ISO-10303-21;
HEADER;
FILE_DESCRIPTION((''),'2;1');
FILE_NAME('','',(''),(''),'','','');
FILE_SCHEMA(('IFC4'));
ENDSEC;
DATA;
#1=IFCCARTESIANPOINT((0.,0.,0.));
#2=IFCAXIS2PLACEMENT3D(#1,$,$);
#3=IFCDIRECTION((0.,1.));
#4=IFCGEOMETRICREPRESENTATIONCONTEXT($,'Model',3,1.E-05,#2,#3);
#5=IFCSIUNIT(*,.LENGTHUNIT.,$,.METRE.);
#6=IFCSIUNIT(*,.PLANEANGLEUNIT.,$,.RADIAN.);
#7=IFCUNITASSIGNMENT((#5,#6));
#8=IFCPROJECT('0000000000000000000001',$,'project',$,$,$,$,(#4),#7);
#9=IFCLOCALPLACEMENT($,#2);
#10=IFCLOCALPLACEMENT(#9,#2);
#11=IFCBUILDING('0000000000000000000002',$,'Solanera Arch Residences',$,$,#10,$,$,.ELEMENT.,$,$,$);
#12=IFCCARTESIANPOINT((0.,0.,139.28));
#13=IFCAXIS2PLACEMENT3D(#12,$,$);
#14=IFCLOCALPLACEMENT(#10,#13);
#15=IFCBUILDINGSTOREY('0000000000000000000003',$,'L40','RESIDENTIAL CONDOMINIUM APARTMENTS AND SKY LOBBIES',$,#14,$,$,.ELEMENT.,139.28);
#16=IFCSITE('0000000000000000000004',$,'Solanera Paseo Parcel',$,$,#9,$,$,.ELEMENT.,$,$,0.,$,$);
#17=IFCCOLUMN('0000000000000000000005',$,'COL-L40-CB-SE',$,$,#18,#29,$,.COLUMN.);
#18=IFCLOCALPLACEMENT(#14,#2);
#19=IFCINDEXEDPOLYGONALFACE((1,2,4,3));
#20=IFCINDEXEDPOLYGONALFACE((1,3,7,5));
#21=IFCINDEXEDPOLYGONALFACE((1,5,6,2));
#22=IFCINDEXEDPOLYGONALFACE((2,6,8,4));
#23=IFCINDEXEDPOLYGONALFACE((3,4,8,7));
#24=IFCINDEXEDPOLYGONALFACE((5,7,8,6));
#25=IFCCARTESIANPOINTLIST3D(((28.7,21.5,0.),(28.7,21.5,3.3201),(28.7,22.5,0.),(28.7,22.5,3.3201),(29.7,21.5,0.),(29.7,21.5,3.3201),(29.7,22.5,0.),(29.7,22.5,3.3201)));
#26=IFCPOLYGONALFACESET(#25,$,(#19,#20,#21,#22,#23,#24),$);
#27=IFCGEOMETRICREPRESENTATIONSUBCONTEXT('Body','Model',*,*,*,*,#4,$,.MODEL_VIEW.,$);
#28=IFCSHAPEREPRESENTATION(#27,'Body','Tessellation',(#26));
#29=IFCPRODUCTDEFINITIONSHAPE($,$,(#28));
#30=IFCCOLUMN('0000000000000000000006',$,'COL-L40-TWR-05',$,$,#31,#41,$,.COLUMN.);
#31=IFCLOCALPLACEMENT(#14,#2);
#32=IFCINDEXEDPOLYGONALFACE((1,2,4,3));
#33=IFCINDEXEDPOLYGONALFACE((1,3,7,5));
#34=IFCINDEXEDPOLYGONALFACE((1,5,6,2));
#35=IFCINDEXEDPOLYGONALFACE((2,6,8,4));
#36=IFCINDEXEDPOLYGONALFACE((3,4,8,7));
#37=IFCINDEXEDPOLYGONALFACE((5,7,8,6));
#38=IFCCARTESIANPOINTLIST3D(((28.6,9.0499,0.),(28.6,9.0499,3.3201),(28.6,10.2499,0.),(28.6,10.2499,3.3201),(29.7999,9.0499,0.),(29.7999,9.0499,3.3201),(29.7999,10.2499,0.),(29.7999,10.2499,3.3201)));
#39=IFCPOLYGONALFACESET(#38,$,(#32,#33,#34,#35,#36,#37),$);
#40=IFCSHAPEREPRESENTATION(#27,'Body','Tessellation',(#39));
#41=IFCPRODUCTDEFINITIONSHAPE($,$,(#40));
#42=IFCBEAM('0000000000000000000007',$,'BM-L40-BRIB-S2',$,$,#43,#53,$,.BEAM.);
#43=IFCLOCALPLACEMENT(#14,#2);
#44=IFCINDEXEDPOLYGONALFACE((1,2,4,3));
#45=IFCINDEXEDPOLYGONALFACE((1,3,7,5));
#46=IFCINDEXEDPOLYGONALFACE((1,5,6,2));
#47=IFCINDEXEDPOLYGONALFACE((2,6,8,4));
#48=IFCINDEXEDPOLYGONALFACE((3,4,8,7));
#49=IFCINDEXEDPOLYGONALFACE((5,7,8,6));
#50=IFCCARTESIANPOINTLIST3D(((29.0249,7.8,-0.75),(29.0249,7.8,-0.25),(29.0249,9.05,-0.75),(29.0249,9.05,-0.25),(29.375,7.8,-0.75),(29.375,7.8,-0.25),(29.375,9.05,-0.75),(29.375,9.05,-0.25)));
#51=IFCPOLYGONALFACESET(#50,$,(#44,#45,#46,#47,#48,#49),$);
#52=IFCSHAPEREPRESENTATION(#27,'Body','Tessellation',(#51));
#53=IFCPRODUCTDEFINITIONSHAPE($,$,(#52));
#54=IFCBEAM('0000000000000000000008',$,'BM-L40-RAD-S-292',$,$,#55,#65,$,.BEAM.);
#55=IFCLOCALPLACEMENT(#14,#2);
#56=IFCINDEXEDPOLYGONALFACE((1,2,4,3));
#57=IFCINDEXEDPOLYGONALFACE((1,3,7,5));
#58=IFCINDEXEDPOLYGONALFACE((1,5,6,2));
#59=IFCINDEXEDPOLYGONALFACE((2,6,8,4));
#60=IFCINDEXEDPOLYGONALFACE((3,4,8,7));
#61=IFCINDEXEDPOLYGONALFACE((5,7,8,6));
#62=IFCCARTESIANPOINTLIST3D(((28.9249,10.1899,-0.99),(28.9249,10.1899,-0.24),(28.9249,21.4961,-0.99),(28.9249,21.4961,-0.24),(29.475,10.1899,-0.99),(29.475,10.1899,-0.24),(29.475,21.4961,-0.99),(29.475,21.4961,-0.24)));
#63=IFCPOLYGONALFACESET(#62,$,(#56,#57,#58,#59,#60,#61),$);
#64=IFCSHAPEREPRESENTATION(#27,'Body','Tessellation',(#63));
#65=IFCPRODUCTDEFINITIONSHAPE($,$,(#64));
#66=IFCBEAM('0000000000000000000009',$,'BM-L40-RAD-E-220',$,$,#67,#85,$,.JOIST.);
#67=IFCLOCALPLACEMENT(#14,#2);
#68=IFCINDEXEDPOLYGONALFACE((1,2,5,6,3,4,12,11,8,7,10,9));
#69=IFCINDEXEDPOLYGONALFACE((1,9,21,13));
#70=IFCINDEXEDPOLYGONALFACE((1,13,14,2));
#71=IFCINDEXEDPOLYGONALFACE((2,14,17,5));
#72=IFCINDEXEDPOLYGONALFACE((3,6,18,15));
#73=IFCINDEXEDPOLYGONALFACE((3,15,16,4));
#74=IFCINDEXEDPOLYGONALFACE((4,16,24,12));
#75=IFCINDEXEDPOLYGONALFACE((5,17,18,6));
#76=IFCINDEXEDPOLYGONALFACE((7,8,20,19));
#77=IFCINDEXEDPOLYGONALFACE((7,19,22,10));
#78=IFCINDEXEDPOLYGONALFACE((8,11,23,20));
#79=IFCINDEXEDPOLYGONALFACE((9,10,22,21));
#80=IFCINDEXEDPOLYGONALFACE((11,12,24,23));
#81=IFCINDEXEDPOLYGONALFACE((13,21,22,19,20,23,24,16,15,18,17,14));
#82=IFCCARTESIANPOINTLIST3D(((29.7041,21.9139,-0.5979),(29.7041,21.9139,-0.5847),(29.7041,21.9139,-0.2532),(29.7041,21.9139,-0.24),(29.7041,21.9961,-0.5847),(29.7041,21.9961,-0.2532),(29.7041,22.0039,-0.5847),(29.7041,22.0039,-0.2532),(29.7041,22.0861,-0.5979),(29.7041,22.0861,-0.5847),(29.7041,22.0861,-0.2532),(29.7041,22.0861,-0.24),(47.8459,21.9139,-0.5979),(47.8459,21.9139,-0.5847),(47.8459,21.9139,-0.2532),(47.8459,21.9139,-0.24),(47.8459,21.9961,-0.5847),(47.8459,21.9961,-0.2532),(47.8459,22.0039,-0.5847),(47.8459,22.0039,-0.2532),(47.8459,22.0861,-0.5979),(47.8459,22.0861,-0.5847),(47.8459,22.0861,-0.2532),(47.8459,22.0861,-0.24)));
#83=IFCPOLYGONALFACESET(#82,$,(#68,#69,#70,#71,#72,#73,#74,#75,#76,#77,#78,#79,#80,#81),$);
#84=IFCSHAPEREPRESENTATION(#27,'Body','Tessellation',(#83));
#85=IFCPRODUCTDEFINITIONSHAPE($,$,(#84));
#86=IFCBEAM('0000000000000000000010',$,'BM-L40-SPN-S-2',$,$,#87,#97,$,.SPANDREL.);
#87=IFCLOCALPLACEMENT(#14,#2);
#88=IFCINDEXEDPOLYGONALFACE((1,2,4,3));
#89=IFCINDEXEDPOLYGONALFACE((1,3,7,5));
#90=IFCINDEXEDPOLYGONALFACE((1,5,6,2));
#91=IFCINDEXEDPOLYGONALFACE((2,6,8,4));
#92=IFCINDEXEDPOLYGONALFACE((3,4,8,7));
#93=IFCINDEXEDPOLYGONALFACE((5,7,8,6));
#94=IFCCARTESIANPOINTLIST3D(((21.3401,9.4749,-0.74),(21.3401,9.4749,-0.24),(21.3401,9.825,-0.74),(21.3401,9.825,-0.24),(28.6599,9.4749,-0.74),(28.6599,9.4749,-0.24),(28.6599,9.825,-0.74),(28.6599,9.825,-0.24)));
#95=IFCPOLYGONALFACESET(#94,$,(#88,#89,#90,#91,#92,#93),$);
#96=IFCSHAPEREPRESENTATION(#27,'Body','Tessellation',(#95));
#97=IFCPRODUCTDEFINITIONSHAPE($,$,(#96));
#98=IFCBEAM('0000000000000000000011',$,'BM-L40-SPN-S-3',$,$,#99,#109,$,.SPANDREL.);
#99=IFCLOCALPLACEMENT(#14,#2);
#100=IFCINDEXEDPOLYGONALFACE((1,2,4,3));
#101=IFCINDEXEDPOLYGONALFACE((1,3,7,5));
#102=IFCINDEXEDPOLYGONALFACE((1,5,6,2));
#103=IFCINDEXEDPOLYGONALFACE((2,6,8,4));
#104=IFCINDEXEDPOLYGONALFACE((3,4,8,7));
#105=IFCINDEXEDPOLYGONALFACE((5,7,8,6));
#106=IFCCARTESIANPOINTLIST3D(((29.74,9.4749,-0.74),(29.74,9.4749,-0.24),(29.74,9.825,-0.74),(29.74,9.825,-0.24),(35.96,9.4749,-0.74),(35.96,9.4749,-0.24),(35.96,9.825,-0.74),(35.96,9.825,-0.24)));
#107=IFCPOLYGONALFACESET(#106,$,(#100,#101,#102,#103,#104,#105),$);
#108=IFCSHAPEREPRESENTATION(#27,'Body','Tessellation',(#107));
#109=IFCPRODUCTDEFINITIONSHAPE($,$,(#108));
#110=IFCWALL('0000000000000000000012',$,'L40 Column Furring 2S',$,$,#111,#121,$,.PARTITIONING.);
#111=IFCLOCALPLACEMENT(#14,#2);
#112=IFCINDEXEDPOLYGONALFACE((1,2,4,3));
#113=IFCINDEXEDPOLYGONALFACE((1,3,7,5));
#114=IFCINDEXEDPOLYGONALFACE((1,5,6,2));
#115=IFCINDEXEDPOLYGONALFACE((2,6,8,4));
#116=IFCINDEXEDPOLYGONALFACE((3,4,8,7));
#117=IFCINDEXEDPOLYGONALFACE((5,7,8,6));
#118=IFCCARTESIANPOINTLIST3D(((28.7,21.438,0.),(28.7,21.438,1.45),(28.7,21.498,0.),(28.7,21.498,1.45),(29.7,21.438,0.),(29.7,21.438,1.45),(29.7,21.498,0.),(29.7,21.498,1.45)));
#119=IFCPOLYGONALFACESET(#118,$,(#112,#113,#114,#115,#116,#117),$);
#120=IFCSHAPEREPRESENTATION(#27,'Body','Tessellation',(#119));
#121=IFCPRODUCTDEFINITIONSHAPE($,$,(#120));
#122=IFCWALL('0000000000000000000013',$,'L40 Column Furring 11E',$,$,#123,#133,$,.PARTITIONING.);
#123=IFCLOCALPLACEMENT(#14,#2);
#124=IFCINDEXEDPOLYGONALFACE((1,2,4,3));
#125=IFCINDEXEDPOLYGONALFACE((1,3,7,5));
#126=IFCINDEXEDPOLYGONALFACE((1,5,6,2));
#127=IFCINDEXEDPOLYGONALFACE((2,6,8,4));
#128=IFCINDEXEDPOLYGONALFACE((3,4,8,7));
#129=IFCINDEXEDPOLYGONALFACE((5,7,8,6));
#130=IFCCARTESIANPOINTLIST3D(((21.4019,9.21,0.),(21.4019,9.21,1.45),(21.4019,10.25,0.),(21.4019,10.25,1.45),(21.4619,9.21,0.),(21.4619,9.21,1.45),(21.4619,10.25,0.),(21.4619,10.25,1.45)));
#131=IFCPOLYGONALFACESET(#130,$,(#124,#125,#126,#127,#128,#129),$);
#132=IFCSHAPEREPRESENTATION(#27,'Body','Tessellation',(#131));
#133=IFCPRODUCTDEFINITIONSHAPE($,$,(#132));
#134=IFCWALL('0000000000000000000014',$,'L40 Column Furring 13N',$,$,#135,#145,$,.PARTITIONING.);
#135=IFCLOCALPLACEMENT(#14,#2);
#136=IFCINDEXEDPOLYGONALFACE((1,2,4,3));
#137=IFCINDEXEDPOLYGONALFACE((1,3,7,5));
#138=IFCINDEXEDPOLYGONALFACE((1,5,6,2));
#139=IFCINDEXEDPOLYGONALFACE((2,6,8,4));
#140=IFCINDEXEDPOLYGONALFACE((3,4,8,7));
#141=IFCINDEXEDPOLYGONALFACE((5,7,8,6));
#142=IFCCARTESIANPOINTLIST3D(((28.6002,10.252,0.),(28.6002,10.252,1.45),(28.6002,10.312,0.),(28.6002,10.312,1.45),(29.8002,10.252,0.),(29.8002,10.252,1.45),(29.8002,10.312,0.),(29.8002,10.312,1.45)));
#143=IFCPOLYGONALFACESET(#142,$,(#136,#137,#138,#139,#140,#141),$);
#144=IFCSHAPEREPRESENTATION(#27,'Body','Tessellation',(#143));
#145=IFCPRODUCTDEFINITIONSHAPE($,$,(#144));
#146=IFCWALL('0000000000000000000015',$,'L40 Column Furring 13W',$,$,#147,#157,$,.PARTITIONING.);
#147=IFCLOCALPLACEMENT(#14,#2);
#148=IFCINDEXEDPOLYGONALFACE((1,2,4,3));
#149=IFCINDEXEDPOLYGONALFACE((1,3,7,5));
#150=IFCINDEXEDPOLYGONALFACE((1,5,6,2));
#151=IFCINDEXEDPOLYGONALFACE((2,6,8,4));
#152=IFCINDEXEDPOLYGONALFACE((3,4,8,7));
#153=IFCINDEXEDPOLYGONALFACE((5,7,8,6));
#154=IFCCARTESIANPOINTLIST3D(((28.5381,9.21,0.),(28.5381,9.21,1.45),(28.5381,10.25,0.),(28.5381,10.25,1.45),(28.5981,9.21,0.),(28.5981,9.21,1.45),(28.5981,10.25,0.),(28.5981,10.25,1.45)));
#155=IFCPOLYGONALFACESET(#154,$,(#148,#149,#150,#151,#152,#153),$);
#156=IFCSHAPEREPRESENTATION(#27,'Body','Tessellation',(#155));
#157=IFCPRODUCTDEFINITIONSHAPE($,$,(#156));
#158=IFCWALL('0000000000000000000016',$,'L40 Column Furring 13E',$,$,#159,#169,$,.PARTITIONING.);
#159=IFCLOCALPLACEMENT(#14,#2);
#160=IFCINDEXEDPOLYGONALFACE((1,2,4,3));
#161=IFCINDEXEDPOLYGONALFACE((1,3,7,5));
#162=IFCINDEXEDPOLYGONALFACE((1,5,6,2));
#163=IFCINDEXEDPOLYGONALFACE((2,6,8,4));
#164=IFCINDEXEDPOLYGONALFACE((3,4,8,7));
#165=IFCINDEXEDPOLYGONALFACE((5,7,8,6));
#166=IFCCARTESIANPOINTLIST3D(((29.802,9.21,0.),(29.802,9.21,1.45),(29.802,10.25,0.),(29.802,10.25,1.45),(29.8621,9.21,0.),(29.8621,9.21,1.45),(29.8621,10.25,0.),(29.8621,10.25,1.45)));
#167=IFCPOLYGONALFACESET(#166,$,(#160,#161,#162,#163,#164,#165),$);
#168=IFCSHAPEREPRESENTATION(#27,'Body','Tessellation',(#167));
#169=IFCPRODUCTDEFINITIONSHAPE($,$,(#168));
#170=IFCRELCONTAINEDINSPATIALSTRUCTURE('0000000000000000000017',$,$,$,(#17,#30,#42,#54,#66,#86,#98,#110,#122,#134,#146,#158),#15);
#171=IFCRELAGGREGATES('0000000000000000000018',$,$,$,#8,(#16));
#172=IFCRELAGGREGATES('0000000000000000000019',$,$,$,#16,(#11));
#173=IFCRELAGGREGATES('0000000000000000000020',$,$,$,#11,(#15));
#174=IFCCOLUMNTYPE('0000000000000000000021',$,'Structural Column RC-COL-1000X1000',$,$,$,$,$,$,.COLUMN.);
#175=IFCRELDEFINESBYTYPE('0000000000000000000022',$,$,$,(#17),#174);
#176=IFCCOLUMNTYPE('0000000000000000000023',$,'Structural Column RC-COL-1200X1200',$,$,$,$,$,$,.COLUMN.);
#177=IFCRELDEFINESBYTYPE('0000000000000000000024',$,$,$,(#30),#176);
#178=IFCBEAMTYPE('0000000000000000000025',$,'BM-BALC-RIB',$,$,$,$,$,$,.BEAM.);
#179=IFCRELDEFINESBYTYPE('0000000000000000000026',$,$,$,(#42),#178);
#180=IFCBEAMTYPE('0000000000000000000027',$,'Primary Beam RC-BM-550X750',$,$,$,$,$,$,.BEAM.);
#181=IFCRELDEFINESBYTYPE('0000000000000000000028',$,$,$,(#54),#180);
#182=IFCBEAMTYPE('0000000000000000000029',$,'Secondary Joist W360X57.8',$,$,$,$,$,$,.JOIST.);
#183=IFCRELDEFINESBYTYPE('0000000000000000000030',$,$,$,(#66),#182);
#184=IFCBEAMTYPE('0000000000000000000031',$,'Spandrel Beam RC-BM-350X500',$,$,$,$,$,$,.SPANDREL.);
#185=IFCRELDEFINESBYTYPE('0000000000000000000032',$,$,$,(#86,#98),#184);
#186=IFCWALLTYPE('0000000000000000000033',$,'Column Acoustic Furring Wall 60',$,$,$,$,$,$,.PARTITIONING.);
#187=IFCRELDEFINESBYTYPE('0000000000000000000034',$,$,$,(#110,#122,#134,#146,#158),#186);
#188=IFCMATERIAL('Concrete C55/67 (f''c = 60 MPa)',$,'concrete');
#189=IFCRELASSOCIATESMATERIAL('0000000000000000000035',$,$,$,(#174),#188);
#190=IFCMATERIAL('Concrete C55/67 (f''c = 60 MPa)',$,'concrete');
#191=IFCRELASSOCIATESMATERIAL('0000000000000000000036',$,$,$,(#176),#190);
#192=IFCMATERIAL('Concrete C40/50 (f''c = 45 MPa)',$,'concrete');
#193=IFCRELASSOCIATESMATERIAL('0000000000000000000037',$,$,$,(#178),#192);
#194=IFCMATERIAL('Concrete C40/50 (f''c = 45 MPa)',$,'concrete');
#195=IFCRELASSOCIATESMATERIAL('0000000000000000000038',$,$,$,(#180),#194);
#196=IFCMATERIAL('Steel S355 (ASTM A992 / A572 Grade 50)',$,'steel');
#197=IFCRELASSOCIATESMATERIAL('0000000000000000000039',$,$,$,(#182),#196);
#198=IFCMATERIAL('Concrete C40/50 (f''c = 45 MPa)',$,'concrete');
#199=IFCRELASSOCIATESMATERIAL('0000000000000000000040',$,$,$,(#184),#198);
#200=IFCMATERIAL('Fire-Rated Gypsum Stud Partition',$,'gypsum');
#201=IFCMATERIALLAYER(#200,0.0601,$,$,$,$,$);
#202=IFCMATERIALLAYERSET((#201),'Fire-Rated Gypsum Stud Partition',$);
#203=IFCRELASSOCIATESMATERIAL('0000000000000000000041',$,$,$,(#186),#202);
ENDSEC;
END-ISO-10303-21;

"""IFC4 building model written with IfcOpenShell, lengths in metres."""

from ifc_helpers import new_model, si_unit, direction, frame, frame_2d, origin, origin_2d, place, context, subcontext, project, spatial, rectangle, i_section, extrude, material, layer, layer_set, material_profile, profile_set, type_object, element, save


model = new_model("IFC4")

# Units and contexts
model_context = context("Model", 3, precision=1e-05, world=origin(), true_north=direction((0.0, 1.0)))
body_context = subcontext(model_context, "Body", "Model", "MODEL_VIEW")
ifc_project = project(units=[si_unit("LENGTHUNIT", "METRE"), si_unit("PLANEANGLEUNIT", "RADIAN")], contexts=[model_context])

# Site, building, storey
site_placement = place(None, origin())
site = spatial("IfcSite", under=ifc_project, at=site_placement, Name="Solanera Paseo Parcel", CompositionType="ELEMENT", RefElevation=0.0)
building_placement = place(site_placement, origin())
building = spatial("IfcBuilding", under=site, at=building_placement, Name="Solanera Arch Residences", CompositionType="ELEMENT")
storey_placement = place(building_placement, frame((0.0, 0.0, 139.28)))
storey = spatial("IfcBuildingStorey", under=building, at=storey_placement, Name="L40", Description="RESIDENTIAL CONDOMINIUM APARTMENTS AND SKY LOBBIES", CompositionType="ELEMENT", Elevation=139.28)

# Columns
ifc_material_1 = material(Name="Concrete C55/67 (f'c = 60 MPa)", Category="concrete")
ifc_material_profile_1 = material_profile(ifc_material_1, rectangle(XDim=1.0, YDim=1.0, at=origin_2d()))
ifc_profile_set_1 = profile_set([ifc_material_profile_1], Name="Concrete C55/67 (f'c = 60 MPa)")
column_type_1 = type_object("IfcColumnType", Name="Structural Column RC-COL-1000X1000", PredefinedType="COLUMN", material=ifc_profile_set_1)
column_1_placement = place(storey_placement, frame((29.2, 22.0, 0.0), z_axis=(0.0, 0.0, 1.0), x_axis=(1.0, 0.0, 0.0)))
element("IfcColumn", 1, at=column_1_placement, inside=storey, type_object=column_type_1, Name="COL-L40-CB-SE", PredefinedType="COLUMN", context=body_context, shape_type="SweptSolid", body=[
    extrude(rectangle(XDim=1.0, YDim=1.0, at=origin_2d()), origin(), (0.0, 0.0, 1.0), 3.3201),
])
ifc_material_2 = material(Name="Concrete C55/67 (f'c = 60 MPa)", Category="concrete")
ifc_material_profile_2 = material_profile(ifc_material_2, rectangle(XDim=1.2, YDim=1.2, at=origin_2d()))
ifc_profile_set_2 = profile_set([ifc_material_profile_2], Name="Concrete C55/67 (f'c = 60 MPa)")
column_type_2 = type_object("IfcColumnType", Name="Structural Column RC-COL-1200X1200", PredefinedType="COLUMN", material=ifc_profile_set_2)
column_2_placement = place(storey_placement, frame((29.2, 9.6499, 0.0), z_axis=(0.0, 0.0, 1.0), x_axis=(1.0, 0.0, 0.0)))
element("IfcColumn", 2, at=column_2_placement, inside=storey, type_object=column_type_2, Name="COL-L40-TWR-05", PredefinedType="COLUMN", context=body_context, shape_type="SweptSolid", body=[
    extrude(rectangle(XDim=1.2, YDim=1.2, at=origin_2d()), origin(), (0.0, 0.0, 1.0), 3.3201),
])

# Beams
ifc_material_3 = material(Name="Concrete C40/50 (f'c = 45 MPa)", Category="concrete")
ifc_material_profile_3 = material_profile(ifc_material_3, rectangle(XDim=0.3501, YDim=0.5, at=origin_2d()))
ifc_profile_set_3 = profile_set([ifc_material_profile_3], Name="Concrete C40/50 (f'c = 45 MPa)")
beam_type_1 = type_object("IfcBeamType", Name="BM-BALC-RIB", PredefinedType="BEAM", material=ifc_profile_set_3)
beam_1_placement = place(storey_placement, frame((29.2, 7.8, -0.5), z_axis=(0.0, 1.0, 0.0), x_axis=(-1.0, 0.0, 0.0)))
element("IfcBeam", 3, at=beam_1_placement, inside=storey, type_object=beam_type_1, Name="BM-L40-BRIB-S2", PredefinedType="BEAM", context=body_context, shape_type="SweptSolid", body=[
    extrude(rectangle(XDim=0.3501, YDim=0.5, at=origin_2d()), origin(), (0.0, 0.0, 1.0), 1.25),
])
ifc_material_4 = material(Name="Concrete C40/50 (f'c = 45 MPa)", Category="concrete")
ifc_material_profile_4 = material_profile(ifc_material_4, rectangle(XDim=0.55, YDim=0.75, at=origin_2d()))
ifc_profile_set_4 = profile_set([ifc_material_profile_4], Name="Concrete C40/50 (f'c = 45 MPa)")
beam_type_2 = type_object("IfcBeamType", Name="Primary Beam RC-BM-550X750", PredefinedType="BEAM", material=ifc_profile_set_4)
beam_2_placement = place(storey_placement, frame((29.2, 10.1899, -0.615), z_axis=(0.0, 1.0, 0.0), x_axis=(-1.0, 0.0, 0.0)))
element("IfcBeam", 4, at=beam_2_placement, inside=storey, type_object=beam_type_2, Name="BM-L40-RAD-S-292", PredefinedType="BEAM", context=body_context, shape_type="SweptSolid", body=[
    extrude(rectangle(XDim=0.55, YDim=0.75, at=origin_2d()), origin(), (0.0, 0.0, 1.0), 11.3062),
])
ifc_material_5 = material(Name="Steel S355 (ASTM A992 / A572 Grade 50)", Category="steel")
ifc_material_profile_5 = material_profile(ifc_material_5, i_section(OverallWidth=0.1721, OverallDepth=0.3579, WebThickness=0.0078, FlangeThickness=0.0132, at=origin_2d()))
ifc_profile_set_5 = profile_set([ifc_material_profile_5], Name="Steel S355 (ASTM A992 / A572 Grade 50)")
beam_type_3 = type_object("IfcBeamType", Name="Secondary Joist W360X57.8", PredefinedType="JOIST", material=ifc_profile_set_5)
beam_3_placement = place(storey_placement, frame((29.7041, 22.0, -0.4189), z_axis=(1.0, 0.0, 0.0), x_axis=(0.0, 1.0, 0.0)))
element("IfcBeam", 5, at=beam_3_placement, inside=storey, type_object=beam_type_3, Name="BM-L40-RAD-E-220", PredefinedType="JOIST", context=body_context, shape_type="SweptSolid", body=[
    extrude(i_section(OverallWidth=0.1721, OverallDepth=0.3579, WebThickness=0.0078, FlangeThickness=0.0132, at=origin_2d()), origin(), (0.0, 0.0, 1.0), 18.1418),
])
ifc_material_6 = material(Name="Concrete C40/50 (f'c = 45 MPa)", Category="concrete")
ifc_material_profile_6 = material_profile(ifc_material_6, rectangle(XDim=0.3501, YDim=0.5, at=origin_2d()))
ifc_profile_set_6 = profile_set([ifc_material_profile_6], Name="Concrete C40/50 (f'c = 45 MPa)")
beam_type_4 = type_object("IfcBeamType", Name="Spandrel Beam RC-BM-350X500", PredefinedType="SPANDREL", material=ifc_profile_set_6)
beam_4_placement = place(storey_placement, frame((21.3401, 9.6499, -0.49), z_axis=(1.0, 0.0, 0.0), x_axis=(0.0, 1.0, 0.0)))
element("IfcBeam", 6, at=beam_4_placement, inside=storey, type_object=beam_type_4, Name="BM-L40-SPN-S-2", PredefinedType="SPANDREL", context=body_context, shape_type="SweptSolid", body=[
    extrude(rectangle(XDim=0.3501, YDim=0.5, at=origin_2d()), origin(), (0.0, 0.0, 1.0), 7.3198),
])
beam_5_placement = place(storey_placement, frame((29.74, 9.6499, -0.49), z_axis=(1.0, 0.0, 0.0), x_axis=(0.0, 1.0, 0.0)))
element("IfcBeam", 7, at=beam_5_placement, inside=storey, type_object=beam_type_4, Name="BM-L40-SPN-S-3", PredefinedType="SPANDREL", context=body_context, shape_type="SweptSolid", body=[
    extrude(rectangle(XDim=0.3501, YDim=0.5, at=origin_2d()), origin(), (0.0, 0.0, 1.0), 6.22),
])

# Walls
ifc_material_7 = material(Name="Fire-Rated Gypsum Stud Partition", Category="gypsum")
ifc_layer_1 = layer(ifc_material_7, 0.0601)
ifc_layer_set_1 = layer_set([ifc_layer_1], Name="Fire-Rated Gypsum Stud Partition")
wall_type_1 = type_object("IfcWallType", Name="Column Acoustic Furring Wall 60", PredefinedType="PARTITIONING", material=ifc_layer_set_1)
wall_1_placement = place(storey_placement, frame((28.7, 21.468, 0.0), z_axis=(0.0, 0.0, 1.0), x_axis=(1.0, 0.0, 0.0)))
element("IfcWall", 8, at=wall_1_placement, inside=storey, type_object=wall_type_1, Name="L40 Column Furring 2S", PredefinedType="PARTITIONING", context=body_context, shape_type="SweptSolid", body=[
    extrude(rectangle(XDim=1.0, YDim=0.0601, at=frame_2d((0.5, 0.0))), origin(), (0.0, 0.0, 1.0), 1.45),
])
wall_2_placement = place(storey_placement, frame((21.4319, 9.21, 0.0), z_axis=(0.0, 0.0, 1.0), x_axis=(0.0, 1.0, 0.0)))
element("IfcWall", 9, at=wall_2_placement, inside=storey, type_object=wall_type_1, Name="L40 Column Furring 11E", PredefinedType="PARTITIONING", context=body_context, shape_type="SweptSolid", body=[
    extrude(rectangle(XDim=1.04, YDim=0.0601, at=frame_2d((0.52, 0.0))), origin(), (0.0, 0.0, 1.0), 1.45),
])
wall_3_placement = place(storey_placement, frame((28.6001, 10.282, 0.0), z_axis=(0.0, 0.0, 1.0), x_axis=(1.0, 0.0, 0.0)))
element("IfcWall", 10, at=wall_3_placement, inside=storey, type_object=wall_type_1, Name="L40 Column Furring 13N", PredefinedType="PARTITIONING", context=body_context, shape_type="SweptSolid", body=[
    extrude(rectangle(XDim=1.2, YDim=0.0601, at=frame_2d((0.6001, 0.0))), origin(), (0.0, 0.0, 1.0), 1.45),
])
for number, where, z_axis, x_axis, name in (
    (11, (28.5681, 9.21, 0.0), (0.0, 0.0, 1.0), (0.0, 1.0, 0.0), "L40 Column Furring 13W"),
    (12, (29.832, 9.21, 0.0), (0.0, 0.0, 1.0), (0.0, 1.0, 0.0), "L40 Column Furring 13E"),
):
    element("IfcWall", number, at=place(storey_placement, frame(where, z_axis=z_axis, x_axis=x_axis)), inside=storey, type_object=wall_type_1, Name=name, PredefinedType="PARTITIONING", context=body_context, shape_type="SweptSolid", body=[
        extrude(rectangle(XDim=1.04, YDim=0.0601, at=frame_2d((0.52, 0.0))), origin(), (0.0, 0.0, 1.0), 1.45),
    ])

save(model, "model.ifc")
